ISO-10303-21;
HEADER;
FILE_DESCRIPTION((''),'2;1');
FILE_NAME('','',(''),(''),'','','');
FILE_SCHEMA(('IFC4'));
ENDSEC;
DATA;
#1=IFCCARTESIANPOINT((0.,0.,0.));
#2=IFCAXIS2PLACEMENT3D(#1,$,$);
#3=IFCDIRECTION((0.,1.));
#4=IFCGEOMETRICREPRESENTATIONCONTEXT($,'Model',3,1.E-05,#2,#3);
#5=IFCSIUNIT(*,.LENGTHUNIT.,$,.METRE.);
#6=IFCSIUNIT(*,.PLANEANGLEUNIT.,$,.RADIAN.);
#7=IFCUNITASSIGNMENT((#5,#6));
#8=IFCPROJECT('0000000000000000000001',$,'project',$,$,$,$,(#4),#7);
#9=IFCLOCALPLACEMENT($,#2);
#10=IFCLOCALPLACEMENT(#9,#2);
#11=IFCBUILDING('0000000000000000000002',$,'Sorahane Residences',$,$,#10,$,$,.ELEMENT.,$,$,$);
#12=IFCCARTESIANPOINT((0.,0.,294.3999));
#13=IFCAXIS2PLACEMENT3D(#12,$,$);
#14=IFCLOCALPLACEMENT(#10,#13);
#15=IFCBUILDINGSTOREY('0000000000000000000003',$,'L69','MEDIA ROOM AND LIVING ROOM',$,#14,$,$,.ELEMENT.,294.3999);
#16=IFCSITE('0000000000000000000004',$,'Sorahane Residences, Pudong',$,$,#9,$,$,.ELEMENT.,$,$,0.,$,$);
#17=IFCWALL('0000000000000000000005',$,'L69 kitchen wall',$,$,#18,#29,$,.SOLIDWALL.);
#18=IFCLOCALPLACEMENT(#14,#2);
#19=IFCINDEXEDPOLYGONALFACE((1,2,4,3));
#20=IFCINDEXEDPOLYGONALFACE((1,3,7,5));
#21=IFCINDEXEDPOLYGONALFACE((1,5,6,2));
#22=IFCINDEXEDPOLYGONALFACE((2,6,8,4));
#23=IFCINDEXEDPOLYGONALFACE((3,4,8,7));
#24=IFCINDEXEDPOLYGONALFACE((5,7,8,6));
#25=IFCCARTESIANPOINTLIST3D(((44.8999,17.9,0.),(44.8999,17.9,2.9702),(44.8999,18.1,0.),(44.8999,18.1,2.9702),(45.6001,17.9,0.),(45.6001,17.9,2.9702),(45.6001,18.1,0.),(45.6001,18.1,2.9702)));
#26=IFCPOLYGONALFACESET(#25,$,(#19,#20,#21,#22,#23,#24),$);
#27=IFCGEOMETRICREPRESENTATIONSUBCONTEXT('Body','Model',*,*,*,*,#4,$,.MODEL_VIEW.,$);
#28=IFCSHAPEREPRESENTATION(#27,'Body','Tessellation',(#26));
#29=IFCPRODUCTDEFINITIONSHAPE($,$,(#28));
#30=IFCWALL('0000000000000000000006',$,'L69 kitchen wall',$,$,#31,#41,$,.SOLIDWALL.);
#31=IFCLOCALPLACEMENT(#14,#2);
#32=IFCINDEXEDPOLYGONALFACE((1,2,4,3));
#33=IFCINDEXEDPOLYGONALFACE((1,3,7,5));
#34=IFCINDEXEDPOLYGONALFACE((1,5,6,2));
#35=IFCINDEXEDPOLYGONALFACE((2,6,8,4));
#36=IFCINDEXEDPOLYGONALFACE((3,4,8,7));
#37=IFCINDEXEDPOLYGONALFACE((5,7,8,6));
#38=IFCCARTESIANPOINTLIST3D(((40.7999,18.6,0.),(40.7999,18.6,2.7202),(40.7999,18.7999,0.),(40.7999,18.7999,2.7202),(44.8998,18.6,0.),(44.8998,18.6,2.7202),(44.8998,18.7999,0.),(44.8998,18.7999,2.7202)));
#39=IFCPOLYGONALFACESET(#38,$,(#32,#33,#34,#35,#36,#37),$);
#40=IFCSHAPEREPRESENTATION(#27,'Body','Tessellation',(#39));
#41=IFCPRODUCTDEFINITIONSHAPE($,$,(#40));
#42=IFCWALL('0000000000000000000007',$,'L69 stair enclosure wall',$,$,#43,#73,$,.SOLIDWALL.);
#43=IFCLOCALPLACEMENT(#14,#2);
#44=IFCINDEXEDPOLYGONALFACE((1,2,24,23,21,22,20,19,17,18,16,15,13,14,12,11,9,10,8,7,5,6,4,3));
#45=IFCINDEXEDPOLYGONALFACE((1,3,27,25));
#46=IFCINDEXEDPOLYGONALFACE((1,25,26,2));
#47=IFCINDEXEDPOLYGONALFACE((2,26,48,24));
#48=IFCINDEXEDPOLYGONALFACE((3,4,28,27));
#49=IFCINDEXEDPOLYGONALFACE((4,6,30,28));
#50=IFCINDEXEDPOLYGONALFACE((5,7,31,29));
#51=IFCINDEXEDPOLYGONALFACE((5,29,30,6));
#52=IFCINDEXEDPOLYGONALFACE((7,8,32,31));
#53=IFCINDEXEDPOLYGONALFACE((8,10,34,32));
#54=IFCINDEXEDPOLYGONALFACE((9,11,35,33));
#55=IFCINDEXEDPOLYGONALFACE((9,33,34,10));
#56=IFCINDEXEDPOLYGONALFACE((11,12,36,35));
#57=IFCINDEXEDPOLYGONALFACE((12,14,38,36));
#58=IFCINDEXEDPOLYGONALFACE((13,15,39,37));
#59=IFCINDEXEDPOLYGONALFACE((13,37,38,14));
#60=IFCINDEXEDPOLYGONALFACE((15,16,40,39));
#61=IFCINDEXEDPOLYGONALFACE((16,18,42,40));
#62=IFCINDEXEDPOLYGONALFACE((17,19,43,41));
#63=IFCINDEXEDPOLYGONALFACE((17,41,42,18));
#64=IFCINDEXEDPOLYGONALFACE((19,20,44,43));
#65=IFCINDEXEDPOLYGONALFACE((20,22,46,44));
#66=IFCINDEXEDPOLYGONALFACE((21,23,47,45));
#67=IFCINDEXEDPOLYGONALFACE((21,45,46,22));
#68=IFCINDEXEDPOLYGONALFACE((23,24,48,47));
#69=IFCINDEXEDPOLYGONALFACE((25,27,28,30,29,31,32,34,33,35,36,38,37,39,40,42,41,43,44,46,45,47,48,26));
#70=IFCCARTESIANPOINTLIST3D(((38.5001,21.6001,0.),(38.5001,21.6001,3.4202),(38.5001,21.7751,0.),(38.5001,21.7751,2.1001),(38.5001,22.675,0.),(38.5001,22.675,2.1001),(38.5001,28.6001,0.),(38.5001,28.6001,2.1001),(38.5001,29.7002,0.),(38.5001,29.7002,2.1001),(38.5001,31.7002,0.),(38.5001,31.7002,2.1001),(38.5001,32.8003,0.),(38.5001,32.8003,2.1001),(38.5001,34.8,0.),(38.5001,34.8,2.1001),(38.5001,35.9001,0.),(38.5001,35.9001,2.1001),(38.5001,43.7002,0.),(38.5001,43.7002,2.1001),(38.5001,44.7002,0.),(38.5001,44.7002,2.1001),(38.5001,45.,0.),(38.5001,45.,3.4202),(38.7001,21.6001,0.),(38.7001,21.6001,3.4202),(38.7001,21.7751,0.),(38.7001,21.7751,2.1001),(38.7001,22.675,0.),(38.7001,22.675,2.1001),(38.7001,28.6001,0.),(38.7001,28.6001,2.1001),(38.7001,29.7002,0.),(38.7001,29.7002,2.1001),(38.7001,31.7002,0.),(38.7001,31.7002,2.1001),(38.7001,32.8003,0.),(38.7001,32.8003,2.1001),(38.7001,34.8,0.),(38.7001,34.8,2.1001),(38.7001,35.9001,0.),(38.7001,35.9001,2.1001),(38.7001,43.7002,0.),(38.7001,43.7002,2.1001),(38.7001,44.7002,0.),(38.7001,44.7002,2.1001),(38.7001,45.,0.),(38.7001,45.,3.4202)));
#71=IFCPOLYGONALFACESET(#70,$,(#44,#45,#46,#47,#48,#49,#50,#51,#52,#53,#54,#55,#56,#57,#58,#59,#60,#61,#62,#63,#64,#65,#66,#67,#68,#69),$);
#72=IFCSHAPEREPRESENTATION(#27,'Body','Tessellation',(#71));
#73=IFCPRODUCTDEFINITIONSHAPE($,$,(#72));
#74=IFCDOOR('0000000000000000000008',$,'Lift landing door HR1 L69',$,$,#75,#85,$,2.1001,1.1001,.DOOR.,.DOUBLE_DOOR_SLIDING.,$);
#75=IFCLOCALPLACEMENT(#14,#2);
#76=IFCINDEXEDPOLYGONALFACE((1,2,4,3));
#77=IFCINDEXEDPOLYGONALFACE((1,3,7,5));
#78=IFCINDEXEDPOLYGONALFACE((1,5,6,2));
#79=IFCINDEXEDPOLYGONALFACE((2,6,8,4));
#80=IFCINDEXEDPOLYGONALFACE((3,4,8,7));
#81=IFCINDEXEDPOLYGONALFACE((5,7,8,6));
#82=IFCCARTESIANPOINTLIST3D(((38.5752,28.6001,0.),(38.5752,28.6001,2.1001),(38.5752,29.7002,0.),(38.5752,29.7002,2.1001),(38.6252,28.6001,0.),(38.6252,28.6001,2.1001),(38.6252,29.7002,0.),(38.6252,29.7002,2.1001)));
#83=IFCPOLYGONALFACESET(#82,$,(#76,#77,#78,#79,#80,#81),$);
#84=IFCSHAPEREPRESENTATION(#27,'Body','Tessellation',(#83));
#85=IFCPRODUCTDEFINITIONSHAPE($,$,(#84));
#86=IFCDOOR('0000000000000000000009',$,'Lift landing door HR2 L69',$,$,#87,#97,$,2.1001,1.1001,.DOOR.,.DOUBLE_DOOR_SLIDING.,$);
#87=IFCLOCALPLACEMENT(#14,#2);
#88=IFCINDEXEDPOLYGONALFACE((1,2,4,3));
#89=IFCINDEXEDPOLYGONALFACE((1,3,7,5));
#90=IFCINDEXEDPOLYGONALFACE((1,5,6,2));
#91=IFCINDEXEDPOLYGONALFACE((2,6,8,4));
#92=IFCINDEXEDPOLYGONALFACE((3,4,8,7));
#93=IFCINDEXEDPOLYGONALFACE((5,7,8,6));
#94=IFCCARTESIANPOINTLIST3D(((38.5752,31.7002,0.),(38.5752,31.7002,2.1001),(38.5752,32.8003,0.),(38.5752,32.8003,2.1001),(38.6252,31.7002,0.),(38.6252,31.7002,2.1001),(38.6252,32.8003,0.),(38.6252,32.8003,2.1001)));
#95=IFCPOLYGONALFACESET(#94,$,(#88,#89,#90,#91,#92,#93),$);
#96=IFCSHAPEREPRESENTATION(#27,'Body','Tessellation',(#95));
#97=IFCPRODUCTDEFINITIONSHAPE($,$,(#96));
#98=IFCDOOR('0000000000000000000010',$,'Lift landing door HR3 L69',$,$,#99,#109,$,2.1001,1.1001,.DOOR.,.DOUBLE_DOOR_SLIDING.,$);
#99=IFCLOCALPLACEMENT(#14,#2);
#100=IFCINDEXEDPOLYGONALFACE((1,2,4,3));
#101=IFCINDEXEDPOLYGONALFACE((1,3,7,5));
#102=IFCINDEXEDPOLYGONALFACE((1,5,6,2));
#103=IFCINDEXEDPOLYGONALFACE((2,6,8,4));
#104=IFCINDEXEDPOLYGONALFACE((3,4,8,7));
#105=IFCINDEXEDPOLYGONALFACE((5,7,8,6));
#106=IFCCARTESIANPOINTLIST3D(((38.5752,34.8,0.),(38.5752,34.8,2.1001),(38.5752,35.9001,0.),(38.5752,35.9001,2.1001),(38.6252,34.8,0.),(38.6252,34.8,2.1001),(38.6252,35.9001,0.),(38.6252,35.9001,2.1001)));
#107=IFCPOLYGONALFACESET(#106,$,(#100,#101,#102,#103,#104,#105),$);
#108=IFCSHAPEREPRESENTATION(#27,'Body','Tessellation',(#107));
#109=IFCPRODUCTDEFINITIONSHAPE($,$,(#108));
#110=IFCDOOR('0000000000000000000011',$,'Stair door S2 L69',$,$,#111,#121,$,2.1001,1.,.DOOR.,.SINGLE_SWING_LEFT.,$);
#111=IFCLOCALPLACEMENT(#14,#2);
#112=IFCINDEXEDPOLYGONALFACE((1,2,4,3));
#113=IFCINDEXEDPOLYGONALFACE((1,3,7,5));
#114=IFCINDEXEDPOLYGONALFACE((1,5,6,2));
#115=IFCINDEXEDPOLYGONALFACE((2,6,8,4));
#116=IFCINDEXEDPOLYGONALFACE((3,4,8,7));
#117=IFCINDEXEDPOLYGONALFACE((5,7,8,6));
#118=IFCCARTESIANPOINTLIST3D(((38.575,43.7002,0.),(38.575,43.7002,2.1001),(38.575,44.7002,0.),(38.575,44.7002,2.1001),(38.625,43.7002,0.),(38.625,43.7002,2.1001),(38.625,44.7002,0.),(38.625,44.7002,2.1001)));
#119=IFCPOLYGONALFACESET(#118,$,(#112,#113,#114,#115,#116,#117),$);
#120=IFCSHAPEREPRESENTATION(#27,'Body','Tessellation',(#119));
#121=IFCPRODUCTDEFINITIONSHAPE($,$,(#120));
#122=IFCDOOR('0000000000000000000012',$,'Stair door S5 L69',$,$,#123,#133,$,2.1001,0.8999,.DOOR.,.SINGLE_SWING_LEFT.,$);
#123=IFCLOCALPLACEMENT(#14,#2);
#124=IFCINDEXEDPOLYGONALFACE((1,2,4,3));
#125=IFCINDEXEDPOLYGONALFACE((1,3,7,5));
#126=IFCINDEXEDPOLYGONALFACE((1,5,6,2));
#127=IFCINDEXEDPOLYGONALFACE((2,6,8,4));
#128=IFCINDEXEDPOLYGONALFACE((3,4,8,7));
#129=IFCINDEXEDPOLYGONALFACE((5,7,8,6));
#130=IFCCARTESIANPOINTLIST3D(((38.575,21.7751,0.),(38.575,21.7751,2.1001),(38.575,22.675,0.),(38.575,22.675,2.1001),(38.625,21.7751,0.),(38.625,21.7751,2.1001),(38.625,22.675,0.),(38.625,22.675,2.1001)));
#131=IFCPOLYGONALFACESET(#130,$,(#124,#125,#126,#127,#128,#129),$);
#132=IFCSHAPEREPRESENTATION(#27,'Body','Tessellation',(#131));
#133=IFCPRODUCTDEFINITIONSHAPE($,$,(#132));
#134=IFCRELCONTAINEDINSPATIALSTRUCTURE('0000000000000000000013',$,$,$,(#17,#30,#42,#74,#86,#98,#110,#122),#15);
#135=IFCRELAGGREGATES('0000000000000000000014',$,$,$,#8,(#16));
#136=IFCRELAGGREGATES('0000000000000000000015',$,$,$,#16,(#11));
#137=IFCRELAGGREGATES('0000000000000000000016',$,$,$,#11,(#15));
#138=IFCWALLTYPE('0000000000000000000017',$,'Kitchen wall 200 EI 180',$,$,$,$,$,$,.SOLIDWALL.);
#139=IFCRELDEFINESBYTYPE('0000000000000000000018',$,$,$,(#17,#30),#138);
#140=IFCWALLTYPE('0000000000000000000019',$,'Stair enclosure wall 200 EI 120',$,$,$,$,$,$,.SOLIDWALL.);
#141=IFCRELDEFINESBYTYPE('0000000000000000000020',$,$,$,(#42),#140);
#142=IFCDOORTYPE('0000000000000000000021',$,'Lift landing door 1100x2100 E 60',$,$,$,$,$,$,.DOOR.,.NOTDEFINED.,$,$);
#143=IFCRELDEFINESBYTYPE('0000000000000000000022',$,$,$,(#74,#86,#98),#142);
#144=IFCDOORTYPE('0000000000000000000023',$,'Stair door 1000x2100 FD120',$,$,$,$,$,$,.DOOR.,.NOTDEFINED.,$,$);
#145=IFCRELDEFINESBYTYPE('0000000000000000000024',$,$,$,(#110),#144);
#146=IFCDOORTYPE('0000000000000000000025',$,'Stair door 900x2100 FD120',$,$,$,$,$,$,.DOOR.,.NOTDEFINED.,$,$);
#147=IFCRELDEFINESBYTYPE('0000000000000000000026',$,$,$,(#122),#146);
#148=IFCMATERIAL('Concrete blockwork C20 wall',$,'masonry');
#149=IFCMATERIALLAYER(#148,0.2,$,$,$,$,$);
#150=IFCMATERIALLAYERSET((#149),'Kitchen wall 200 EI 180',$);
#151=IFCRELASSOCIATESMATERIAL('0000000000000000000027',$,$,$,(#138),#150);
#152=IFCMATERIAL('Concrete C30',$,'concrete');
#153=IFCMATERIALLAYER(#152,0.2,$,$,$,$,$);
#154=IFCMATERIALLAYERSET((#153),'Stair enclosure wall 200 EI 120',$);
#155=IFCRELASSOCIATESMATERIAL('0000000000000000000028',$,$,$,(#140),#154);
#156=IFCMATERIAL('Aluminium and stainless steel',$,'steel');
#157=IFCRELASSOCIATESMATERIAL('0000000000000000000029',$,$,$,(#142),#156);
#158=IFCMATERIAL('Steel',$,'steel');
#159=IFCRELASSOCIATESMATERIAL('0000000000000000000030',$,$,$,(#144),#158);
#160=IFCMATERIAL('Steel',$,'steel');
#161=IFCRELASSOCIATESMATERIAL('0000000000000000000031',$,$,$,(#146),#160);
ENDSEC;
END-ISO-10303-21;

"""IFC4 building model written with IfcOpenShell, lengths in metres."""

from ifc_helpers import new_model, si_unit, direction, frame, frame_2d, origin, place, context, subcontext, project, spatial, rectangle, extrude, material, layer, layer_set, type_object, element, fill, save


model = new_model("IFC4")

# Units and contexts
model_context = context("Model", 3, precision=1e-05, world=origin(), true_north=direction((0.0, 1.0)))
body_context = subcontext(model_context, "Body", "Model", "MODEL_VIEW")
ifc_project = project(units=[si_unit("LENGTHUNIT", "METRE"), si_unit("PLANEANGLEUNIT", "RADIAN")], contexts=[model_context])

# Site, building, storey
site_placement = place(None, origin())
site = spatial("IfcSite", under=ifc_project, at=site_placement, Name="Sorahane Residences, Pudong", CompositionType="ELEMENT", RefElevation=0.0)
building_placement = place(site_placement, origin())
building = spatial("IfcBuilding", under=site, at=building_placement, Name="Sorahane Residences", CompositionType="ELEMENT")
storey_placement = place(building_placement, frame((0.0, 0.0, 294.3999)))
storey = spatial("IfcBuildingStorey", under=building, at=storey_placement, Name="L69", Description="MEDIA ROOM AND LIVING ROOM", CompositionType="ELEMENT", Elevation=294.3999)

# Walls
ifc_material_1 = material(Name="Concrete blockwork C20 wall", Category="masonry")
ifc_layer_1 = layer(ifc_material_1, 0.2)
ifc_layer_set_1 = layer_set([ifc_layer_1], Name="Kitchen wall 200 EI 180")
wall_type_1 = type_object("IfcWallType", Name="Kitchen wall 200 EI 180", PredefinedType="SOLIDWALL", material=ifc_layer_set_1)
wall_1_placement = place(storey_placement, frame((44.8999, 18.0, 0.0), z_axis=(0.0, 0.0, 1.0), x_axis=(1.0, 0.0, 0.0)))
element("IfcWall", 1, at=wall_1_placement, inside=storey, type_object=wall_type_1, Name="L69 kitchen wall", PredefinedType="SOLIDWALL", context=body_context, shape_type="SweptSolid", body=[
    extrude(rectangle(XDim=0.7002, YDim=0.2, at=frame_2d((0.3501, 0.0))), origin(), (0.0, 0.0, 1.0), 2.9702),
])
wall_2_placement = place(storey_placement, frame((40.8, 18.7, 0.0), z_axis=(0.0, 0.0, 1.0), x_axis=(1.0, 0.0, 0.0)))
element("IfcWall", 2, at=wall_2_placement, inside=storey, type_object=wall_type_1, Name="L69 kitchen wall", PredefinedType="SOLIDWALL", context=body_context, shape_type="SweptSolid", body=[
    extrude(rectangle(XDim=4.0999, YDim=0.2, at=frame_2d((2.0498, 0.0))), origin(), (0.0, 0.0, 1.0), 2.7202),
])

# Wall, openings, doors
ifc_material_2 = material(Name="Concrete C30", Category="concrete")
ifc_layer_2 = layer(ifc_material_2, 0.2)
ifc_layer_set_2 = layer_set([ifc_layer_2], Name="Stair enclosure wall 200 EI 120")
wall_type_2 = type_object("IfcWallType", Name="Stair enclosure wall 200 EI 120", PredefinedType="SOLIDWALL", material=ifc_layer_set_2)
wall_3_placement = place(storey_placement, frame((38.6001, 21.6001, 0.0), z_axis=(0.0, 0.0, 1.0), x_axis=(0.0, 1.0, 0.0)))
wall_3 = element("IfcWall", 3, at=wall_3_placement, inside=storey, type_object=wall_type_2, Name="L69 stair enclosure wall", PredefinedType="SOLIDWALL", context=body_context, shape_type="SweptSolid", body=[
    extrude(rectangle(XDim=23.3999, YDim=0.2, at=frame_2d((11.7, 0.0))), origin(), (0.0, 0.0, 1.0), 3.4202),
])
opening_1_placement = place(wall_3_placement, frame((7.0, 0.0, 0.0)))
opening_1 = element("IfcOpeningElement", 4, at=opening_1_placement, cuts=wall_3, PredefinedType="OPENING", context=body_context, shape_type="SweptSolid", body=[
    extrude(rectangle(XDim=1.1001, YDim=2.1001, at=frame_2d((0.55, 1.05))), frame((0.0, 0.1099, 0.0), z_axis=(0.0, -1.0, 0.0), x_axis=(1.0, 0.0, 0.0)), (0.0, 0.0, 1.0), 0.22),
])
opening_2_placement = place(wall_3_placement, frame((10.1001, 0.0, 0.0)))
opening_2 = element("IfcOpeningElement", 5, at=opening_2_placement, cuts=wall_3, PredefinedType="OPENING", context=body_context, shape_type="SweptSolid", body=[
    extrude(rectangle(XDim=1.1001, YDim=2.1001, at=frame_2d((0.55, 1.05))), frame((0.0, 0.1099, 0.0), z_axis=(0.0, -1.0, 0.0), x_axis=(1.0, 0.0, 0.0)), (0.0, 0.0, 1.0), 0.22),
])
opening_3_placement = place(wall_3_placement, frame((13.2, 0.0, 0.0)))
opening_3 = element("IfcOpeningElement", 6, at=opening_3_placement, cuts=wall_3, PredefinedType="OPENING", context=body_context, shape_type="SweptSolid", body=[
    extrude(rectangle(XDim=1.1001, YDim=2.1001, at=frame_2d((0.55, 1.05))), frame((0.0, 0.1099, 0.0), z_axis=(0.0, -1.0, 0.0), x_axis=(1.0, 0.0, 0.0)), (0.0, 0.0, 1.0), 0.22),
])
opening_4_placement = place(wall_3_placement, frame((22.1001, 0.0, 0.0)))
opening_4 = element("IfcOpeningElement", 7, at=opening_4_placement, cuts=wall_3, PredefinedType="OPENING", context=body_context, shape_type="SweptSolid", body=[
    extrude(rectangle(XDim=1.0, YDim=2.1001, at=frame_2d((0.5, 1.05))), frame((0.0, 0.1099, 0.0), z_axis=(0.0, -1.0, 0.0), x_axis=(1.0, 0.0, 0.0)), (0.0, 0.0, 1.0), 0.22),
])
opening_5_placement = place(wall_3_placement, frame((0.175, 0.0, 0.0)))
opening_5 = element("IfcOpeningElement", 8, at=opening_5_placement, cuts=wall_3, PredefinedType="OPENING", context=body_context, shape_type="SweptSolid", body=[
    extrude(rectangle(XDim=0.8999, YDim=2.1001, at=frame_2d((0.45, 1.05))), frame((0.0, 0.1099, 0.0), z_axis=(0.0, -1.0, 0.0), x_axis=(1.0, 0.0, 0.0)), (0.0, 0.0, 1.0), 0.22),
])
ifc_material_3 = material(Name="Aluminium and stainless steel", Category="steel")
door_type_1 = type_object("IfcDoorType", Name="Lift landing door 1100x2100 E 60", OperationType="NOTDEFINED", PredefinedType="DOOR", material=ifc_material_3)
door_1_placement = place(opening_1_placement, origin())
door_1 = element("IfcDoor", 9, at=door_1_placement, inside=storey, type_object=door_type_1, Name="Lift landing door HR1 L69", OperationType="DOUBLE_DOOR_SLIDING", OverallHeight=2.1001, OverallWidth=1.1001, PredefinedType="DOOR", context=body_context, shape_type="SweptSolid", body=[
    extrude(rectangle(XDim=1.1001, YDim=2.1001, at=frame_2d((0.55, 1.05))), frame((0.0, 0.0249, 0.0), z_axis=(0.0, -1.0, 0.0), x_axis=(1.0, 0.0, 0.0)), (0.0, 0.0, 1.0), 0.05),
])
fill(opening_1, door_1)
door_2_placement = place(opening_2_placement, origin())
door_2 = element("IfcDoor", 10, at=door_2_placement, inside=storey, type_object=door_type_1, Name="Lift landing door HR2 L69", OperationType="DOUBLE_DOOR_SLIDING", OverallHeight=2.1001, OverallWidth=1.1001, PredefinedType="DOOR", context=body_context, shape_type="SweptSolid", body=[
    extrude(rectangle(XDim=1.1001, YDim=2.1001, at=frame_2d((0.55, 1.05))), frame((0.0, 0.0249, 0.0), z_axis=(0.0, -1.0, 0.0), x_axis=(1.0, 0.0, 0.0)), (0.0, 0.0, 1.0), 0.05),
])
fill(opening_2, door_2)
door_3_placement = place(opening_3_placement, origin())
door_3 = element("IfcDoor", 11, at=door_3_placement, inside=storey, type_object=door_type_1, Name="Lift landing door HR3 L69", OperationType="DOUBLE_DOOR_SLIDING", OverallHeight=2.1001, OverallWidth=1.1001, PredefinedType="DOOR", context=body_context, shape_type="SweptSolid", body=[
    extrude(rectangle(XDim=1.1001, YDim=2.1001, at=frame_2d((0.55, 1.05))), frame((0.0, 0.0249, 0.0), z_axis=(0.0, -1.0, 0.0), x_axis=(1.0, 0.0, 0.0)), (0.0, 0.0, 1.0), 0.05),
])
fill(opening_3, door_3)
ifc_material_4 = material(Name="Steel", Category="steel")
door_type_2 = type_object("IfcDoorType", Name="Stair door 1000x2100 FD120", OperationType="NOTDEFINED", PredefinedType="DOOR", material=ifc_material_4)
door_4_placement = place(opening_4_placement, frame((1.0, 0.0, 0.0), z_axis=(0.0, 0.0, 1.0), x_axis=(-1.0, 0.0, 0.0)))
door_4 = element("IfcDoor", 12, at=door_4_placement, inside=storey, type_object=door_type_2, Name="Stair door S2 L69", OperationType="SINGLE_SWING_LEFT", OverallHeight=2.1001, OverallWidth=1.0, PredefinedType="DOOR", context=body_context, shape_type="SweptSolid", body=[
    extrude(rectangle(XDim=1.0, YDim=2.1001, at=frame_2d((0.5, 1.05))), frame((0.0, 0.0249, 0.0), z_axis=(0.0, -1.0, 0.0), x_axis=(1.0, 0.0, 0.0)), (0.0, 0.0, 1.0), 0.05),
])
fill(opening_4, door_4)
ifc_material_5 = material(Name="Steel", Category="steel")
door_type_3 = type_object("IfcDoorType", Name="Stair door 900x2100 FD120", OperationType="NOTDEFINED", PredefinedType="DOOR", material=ifc_material_5)
door_5_placement = place(opening_5_placement, frame((0.8999, 0.0, 0.0), z_axis=(0.0, 0.0, 1.0), x_axis=(-1.0, 0.0, 0.0)))
door_5 = element("IfcDoor", 13, at=door_5_placement, inside=storey, type_object=door_type_3, Name="Stair door S5 L69", OperationType="SINGLE_SWING_LEFT", OverallHeight=2.1001, OverallWidth=0.8999, PredefinedType="DOOR", context=body_context, shape_type="SweptSolid", body=[
    extrude(rectangle(XDim=0.8999, YDim=2.1001, at=frame_2d((0.45, 1.05))), frame((0.0, 0.0249, 0.0), z_axis=(0.0, -1.0, 0.0), x_axis=(1.0, 0.0, 0.0)), (0.0, 0.0, 1.0), 0.05),
])
fill(opening_5, door_5)

save(model, "model.ifc")
